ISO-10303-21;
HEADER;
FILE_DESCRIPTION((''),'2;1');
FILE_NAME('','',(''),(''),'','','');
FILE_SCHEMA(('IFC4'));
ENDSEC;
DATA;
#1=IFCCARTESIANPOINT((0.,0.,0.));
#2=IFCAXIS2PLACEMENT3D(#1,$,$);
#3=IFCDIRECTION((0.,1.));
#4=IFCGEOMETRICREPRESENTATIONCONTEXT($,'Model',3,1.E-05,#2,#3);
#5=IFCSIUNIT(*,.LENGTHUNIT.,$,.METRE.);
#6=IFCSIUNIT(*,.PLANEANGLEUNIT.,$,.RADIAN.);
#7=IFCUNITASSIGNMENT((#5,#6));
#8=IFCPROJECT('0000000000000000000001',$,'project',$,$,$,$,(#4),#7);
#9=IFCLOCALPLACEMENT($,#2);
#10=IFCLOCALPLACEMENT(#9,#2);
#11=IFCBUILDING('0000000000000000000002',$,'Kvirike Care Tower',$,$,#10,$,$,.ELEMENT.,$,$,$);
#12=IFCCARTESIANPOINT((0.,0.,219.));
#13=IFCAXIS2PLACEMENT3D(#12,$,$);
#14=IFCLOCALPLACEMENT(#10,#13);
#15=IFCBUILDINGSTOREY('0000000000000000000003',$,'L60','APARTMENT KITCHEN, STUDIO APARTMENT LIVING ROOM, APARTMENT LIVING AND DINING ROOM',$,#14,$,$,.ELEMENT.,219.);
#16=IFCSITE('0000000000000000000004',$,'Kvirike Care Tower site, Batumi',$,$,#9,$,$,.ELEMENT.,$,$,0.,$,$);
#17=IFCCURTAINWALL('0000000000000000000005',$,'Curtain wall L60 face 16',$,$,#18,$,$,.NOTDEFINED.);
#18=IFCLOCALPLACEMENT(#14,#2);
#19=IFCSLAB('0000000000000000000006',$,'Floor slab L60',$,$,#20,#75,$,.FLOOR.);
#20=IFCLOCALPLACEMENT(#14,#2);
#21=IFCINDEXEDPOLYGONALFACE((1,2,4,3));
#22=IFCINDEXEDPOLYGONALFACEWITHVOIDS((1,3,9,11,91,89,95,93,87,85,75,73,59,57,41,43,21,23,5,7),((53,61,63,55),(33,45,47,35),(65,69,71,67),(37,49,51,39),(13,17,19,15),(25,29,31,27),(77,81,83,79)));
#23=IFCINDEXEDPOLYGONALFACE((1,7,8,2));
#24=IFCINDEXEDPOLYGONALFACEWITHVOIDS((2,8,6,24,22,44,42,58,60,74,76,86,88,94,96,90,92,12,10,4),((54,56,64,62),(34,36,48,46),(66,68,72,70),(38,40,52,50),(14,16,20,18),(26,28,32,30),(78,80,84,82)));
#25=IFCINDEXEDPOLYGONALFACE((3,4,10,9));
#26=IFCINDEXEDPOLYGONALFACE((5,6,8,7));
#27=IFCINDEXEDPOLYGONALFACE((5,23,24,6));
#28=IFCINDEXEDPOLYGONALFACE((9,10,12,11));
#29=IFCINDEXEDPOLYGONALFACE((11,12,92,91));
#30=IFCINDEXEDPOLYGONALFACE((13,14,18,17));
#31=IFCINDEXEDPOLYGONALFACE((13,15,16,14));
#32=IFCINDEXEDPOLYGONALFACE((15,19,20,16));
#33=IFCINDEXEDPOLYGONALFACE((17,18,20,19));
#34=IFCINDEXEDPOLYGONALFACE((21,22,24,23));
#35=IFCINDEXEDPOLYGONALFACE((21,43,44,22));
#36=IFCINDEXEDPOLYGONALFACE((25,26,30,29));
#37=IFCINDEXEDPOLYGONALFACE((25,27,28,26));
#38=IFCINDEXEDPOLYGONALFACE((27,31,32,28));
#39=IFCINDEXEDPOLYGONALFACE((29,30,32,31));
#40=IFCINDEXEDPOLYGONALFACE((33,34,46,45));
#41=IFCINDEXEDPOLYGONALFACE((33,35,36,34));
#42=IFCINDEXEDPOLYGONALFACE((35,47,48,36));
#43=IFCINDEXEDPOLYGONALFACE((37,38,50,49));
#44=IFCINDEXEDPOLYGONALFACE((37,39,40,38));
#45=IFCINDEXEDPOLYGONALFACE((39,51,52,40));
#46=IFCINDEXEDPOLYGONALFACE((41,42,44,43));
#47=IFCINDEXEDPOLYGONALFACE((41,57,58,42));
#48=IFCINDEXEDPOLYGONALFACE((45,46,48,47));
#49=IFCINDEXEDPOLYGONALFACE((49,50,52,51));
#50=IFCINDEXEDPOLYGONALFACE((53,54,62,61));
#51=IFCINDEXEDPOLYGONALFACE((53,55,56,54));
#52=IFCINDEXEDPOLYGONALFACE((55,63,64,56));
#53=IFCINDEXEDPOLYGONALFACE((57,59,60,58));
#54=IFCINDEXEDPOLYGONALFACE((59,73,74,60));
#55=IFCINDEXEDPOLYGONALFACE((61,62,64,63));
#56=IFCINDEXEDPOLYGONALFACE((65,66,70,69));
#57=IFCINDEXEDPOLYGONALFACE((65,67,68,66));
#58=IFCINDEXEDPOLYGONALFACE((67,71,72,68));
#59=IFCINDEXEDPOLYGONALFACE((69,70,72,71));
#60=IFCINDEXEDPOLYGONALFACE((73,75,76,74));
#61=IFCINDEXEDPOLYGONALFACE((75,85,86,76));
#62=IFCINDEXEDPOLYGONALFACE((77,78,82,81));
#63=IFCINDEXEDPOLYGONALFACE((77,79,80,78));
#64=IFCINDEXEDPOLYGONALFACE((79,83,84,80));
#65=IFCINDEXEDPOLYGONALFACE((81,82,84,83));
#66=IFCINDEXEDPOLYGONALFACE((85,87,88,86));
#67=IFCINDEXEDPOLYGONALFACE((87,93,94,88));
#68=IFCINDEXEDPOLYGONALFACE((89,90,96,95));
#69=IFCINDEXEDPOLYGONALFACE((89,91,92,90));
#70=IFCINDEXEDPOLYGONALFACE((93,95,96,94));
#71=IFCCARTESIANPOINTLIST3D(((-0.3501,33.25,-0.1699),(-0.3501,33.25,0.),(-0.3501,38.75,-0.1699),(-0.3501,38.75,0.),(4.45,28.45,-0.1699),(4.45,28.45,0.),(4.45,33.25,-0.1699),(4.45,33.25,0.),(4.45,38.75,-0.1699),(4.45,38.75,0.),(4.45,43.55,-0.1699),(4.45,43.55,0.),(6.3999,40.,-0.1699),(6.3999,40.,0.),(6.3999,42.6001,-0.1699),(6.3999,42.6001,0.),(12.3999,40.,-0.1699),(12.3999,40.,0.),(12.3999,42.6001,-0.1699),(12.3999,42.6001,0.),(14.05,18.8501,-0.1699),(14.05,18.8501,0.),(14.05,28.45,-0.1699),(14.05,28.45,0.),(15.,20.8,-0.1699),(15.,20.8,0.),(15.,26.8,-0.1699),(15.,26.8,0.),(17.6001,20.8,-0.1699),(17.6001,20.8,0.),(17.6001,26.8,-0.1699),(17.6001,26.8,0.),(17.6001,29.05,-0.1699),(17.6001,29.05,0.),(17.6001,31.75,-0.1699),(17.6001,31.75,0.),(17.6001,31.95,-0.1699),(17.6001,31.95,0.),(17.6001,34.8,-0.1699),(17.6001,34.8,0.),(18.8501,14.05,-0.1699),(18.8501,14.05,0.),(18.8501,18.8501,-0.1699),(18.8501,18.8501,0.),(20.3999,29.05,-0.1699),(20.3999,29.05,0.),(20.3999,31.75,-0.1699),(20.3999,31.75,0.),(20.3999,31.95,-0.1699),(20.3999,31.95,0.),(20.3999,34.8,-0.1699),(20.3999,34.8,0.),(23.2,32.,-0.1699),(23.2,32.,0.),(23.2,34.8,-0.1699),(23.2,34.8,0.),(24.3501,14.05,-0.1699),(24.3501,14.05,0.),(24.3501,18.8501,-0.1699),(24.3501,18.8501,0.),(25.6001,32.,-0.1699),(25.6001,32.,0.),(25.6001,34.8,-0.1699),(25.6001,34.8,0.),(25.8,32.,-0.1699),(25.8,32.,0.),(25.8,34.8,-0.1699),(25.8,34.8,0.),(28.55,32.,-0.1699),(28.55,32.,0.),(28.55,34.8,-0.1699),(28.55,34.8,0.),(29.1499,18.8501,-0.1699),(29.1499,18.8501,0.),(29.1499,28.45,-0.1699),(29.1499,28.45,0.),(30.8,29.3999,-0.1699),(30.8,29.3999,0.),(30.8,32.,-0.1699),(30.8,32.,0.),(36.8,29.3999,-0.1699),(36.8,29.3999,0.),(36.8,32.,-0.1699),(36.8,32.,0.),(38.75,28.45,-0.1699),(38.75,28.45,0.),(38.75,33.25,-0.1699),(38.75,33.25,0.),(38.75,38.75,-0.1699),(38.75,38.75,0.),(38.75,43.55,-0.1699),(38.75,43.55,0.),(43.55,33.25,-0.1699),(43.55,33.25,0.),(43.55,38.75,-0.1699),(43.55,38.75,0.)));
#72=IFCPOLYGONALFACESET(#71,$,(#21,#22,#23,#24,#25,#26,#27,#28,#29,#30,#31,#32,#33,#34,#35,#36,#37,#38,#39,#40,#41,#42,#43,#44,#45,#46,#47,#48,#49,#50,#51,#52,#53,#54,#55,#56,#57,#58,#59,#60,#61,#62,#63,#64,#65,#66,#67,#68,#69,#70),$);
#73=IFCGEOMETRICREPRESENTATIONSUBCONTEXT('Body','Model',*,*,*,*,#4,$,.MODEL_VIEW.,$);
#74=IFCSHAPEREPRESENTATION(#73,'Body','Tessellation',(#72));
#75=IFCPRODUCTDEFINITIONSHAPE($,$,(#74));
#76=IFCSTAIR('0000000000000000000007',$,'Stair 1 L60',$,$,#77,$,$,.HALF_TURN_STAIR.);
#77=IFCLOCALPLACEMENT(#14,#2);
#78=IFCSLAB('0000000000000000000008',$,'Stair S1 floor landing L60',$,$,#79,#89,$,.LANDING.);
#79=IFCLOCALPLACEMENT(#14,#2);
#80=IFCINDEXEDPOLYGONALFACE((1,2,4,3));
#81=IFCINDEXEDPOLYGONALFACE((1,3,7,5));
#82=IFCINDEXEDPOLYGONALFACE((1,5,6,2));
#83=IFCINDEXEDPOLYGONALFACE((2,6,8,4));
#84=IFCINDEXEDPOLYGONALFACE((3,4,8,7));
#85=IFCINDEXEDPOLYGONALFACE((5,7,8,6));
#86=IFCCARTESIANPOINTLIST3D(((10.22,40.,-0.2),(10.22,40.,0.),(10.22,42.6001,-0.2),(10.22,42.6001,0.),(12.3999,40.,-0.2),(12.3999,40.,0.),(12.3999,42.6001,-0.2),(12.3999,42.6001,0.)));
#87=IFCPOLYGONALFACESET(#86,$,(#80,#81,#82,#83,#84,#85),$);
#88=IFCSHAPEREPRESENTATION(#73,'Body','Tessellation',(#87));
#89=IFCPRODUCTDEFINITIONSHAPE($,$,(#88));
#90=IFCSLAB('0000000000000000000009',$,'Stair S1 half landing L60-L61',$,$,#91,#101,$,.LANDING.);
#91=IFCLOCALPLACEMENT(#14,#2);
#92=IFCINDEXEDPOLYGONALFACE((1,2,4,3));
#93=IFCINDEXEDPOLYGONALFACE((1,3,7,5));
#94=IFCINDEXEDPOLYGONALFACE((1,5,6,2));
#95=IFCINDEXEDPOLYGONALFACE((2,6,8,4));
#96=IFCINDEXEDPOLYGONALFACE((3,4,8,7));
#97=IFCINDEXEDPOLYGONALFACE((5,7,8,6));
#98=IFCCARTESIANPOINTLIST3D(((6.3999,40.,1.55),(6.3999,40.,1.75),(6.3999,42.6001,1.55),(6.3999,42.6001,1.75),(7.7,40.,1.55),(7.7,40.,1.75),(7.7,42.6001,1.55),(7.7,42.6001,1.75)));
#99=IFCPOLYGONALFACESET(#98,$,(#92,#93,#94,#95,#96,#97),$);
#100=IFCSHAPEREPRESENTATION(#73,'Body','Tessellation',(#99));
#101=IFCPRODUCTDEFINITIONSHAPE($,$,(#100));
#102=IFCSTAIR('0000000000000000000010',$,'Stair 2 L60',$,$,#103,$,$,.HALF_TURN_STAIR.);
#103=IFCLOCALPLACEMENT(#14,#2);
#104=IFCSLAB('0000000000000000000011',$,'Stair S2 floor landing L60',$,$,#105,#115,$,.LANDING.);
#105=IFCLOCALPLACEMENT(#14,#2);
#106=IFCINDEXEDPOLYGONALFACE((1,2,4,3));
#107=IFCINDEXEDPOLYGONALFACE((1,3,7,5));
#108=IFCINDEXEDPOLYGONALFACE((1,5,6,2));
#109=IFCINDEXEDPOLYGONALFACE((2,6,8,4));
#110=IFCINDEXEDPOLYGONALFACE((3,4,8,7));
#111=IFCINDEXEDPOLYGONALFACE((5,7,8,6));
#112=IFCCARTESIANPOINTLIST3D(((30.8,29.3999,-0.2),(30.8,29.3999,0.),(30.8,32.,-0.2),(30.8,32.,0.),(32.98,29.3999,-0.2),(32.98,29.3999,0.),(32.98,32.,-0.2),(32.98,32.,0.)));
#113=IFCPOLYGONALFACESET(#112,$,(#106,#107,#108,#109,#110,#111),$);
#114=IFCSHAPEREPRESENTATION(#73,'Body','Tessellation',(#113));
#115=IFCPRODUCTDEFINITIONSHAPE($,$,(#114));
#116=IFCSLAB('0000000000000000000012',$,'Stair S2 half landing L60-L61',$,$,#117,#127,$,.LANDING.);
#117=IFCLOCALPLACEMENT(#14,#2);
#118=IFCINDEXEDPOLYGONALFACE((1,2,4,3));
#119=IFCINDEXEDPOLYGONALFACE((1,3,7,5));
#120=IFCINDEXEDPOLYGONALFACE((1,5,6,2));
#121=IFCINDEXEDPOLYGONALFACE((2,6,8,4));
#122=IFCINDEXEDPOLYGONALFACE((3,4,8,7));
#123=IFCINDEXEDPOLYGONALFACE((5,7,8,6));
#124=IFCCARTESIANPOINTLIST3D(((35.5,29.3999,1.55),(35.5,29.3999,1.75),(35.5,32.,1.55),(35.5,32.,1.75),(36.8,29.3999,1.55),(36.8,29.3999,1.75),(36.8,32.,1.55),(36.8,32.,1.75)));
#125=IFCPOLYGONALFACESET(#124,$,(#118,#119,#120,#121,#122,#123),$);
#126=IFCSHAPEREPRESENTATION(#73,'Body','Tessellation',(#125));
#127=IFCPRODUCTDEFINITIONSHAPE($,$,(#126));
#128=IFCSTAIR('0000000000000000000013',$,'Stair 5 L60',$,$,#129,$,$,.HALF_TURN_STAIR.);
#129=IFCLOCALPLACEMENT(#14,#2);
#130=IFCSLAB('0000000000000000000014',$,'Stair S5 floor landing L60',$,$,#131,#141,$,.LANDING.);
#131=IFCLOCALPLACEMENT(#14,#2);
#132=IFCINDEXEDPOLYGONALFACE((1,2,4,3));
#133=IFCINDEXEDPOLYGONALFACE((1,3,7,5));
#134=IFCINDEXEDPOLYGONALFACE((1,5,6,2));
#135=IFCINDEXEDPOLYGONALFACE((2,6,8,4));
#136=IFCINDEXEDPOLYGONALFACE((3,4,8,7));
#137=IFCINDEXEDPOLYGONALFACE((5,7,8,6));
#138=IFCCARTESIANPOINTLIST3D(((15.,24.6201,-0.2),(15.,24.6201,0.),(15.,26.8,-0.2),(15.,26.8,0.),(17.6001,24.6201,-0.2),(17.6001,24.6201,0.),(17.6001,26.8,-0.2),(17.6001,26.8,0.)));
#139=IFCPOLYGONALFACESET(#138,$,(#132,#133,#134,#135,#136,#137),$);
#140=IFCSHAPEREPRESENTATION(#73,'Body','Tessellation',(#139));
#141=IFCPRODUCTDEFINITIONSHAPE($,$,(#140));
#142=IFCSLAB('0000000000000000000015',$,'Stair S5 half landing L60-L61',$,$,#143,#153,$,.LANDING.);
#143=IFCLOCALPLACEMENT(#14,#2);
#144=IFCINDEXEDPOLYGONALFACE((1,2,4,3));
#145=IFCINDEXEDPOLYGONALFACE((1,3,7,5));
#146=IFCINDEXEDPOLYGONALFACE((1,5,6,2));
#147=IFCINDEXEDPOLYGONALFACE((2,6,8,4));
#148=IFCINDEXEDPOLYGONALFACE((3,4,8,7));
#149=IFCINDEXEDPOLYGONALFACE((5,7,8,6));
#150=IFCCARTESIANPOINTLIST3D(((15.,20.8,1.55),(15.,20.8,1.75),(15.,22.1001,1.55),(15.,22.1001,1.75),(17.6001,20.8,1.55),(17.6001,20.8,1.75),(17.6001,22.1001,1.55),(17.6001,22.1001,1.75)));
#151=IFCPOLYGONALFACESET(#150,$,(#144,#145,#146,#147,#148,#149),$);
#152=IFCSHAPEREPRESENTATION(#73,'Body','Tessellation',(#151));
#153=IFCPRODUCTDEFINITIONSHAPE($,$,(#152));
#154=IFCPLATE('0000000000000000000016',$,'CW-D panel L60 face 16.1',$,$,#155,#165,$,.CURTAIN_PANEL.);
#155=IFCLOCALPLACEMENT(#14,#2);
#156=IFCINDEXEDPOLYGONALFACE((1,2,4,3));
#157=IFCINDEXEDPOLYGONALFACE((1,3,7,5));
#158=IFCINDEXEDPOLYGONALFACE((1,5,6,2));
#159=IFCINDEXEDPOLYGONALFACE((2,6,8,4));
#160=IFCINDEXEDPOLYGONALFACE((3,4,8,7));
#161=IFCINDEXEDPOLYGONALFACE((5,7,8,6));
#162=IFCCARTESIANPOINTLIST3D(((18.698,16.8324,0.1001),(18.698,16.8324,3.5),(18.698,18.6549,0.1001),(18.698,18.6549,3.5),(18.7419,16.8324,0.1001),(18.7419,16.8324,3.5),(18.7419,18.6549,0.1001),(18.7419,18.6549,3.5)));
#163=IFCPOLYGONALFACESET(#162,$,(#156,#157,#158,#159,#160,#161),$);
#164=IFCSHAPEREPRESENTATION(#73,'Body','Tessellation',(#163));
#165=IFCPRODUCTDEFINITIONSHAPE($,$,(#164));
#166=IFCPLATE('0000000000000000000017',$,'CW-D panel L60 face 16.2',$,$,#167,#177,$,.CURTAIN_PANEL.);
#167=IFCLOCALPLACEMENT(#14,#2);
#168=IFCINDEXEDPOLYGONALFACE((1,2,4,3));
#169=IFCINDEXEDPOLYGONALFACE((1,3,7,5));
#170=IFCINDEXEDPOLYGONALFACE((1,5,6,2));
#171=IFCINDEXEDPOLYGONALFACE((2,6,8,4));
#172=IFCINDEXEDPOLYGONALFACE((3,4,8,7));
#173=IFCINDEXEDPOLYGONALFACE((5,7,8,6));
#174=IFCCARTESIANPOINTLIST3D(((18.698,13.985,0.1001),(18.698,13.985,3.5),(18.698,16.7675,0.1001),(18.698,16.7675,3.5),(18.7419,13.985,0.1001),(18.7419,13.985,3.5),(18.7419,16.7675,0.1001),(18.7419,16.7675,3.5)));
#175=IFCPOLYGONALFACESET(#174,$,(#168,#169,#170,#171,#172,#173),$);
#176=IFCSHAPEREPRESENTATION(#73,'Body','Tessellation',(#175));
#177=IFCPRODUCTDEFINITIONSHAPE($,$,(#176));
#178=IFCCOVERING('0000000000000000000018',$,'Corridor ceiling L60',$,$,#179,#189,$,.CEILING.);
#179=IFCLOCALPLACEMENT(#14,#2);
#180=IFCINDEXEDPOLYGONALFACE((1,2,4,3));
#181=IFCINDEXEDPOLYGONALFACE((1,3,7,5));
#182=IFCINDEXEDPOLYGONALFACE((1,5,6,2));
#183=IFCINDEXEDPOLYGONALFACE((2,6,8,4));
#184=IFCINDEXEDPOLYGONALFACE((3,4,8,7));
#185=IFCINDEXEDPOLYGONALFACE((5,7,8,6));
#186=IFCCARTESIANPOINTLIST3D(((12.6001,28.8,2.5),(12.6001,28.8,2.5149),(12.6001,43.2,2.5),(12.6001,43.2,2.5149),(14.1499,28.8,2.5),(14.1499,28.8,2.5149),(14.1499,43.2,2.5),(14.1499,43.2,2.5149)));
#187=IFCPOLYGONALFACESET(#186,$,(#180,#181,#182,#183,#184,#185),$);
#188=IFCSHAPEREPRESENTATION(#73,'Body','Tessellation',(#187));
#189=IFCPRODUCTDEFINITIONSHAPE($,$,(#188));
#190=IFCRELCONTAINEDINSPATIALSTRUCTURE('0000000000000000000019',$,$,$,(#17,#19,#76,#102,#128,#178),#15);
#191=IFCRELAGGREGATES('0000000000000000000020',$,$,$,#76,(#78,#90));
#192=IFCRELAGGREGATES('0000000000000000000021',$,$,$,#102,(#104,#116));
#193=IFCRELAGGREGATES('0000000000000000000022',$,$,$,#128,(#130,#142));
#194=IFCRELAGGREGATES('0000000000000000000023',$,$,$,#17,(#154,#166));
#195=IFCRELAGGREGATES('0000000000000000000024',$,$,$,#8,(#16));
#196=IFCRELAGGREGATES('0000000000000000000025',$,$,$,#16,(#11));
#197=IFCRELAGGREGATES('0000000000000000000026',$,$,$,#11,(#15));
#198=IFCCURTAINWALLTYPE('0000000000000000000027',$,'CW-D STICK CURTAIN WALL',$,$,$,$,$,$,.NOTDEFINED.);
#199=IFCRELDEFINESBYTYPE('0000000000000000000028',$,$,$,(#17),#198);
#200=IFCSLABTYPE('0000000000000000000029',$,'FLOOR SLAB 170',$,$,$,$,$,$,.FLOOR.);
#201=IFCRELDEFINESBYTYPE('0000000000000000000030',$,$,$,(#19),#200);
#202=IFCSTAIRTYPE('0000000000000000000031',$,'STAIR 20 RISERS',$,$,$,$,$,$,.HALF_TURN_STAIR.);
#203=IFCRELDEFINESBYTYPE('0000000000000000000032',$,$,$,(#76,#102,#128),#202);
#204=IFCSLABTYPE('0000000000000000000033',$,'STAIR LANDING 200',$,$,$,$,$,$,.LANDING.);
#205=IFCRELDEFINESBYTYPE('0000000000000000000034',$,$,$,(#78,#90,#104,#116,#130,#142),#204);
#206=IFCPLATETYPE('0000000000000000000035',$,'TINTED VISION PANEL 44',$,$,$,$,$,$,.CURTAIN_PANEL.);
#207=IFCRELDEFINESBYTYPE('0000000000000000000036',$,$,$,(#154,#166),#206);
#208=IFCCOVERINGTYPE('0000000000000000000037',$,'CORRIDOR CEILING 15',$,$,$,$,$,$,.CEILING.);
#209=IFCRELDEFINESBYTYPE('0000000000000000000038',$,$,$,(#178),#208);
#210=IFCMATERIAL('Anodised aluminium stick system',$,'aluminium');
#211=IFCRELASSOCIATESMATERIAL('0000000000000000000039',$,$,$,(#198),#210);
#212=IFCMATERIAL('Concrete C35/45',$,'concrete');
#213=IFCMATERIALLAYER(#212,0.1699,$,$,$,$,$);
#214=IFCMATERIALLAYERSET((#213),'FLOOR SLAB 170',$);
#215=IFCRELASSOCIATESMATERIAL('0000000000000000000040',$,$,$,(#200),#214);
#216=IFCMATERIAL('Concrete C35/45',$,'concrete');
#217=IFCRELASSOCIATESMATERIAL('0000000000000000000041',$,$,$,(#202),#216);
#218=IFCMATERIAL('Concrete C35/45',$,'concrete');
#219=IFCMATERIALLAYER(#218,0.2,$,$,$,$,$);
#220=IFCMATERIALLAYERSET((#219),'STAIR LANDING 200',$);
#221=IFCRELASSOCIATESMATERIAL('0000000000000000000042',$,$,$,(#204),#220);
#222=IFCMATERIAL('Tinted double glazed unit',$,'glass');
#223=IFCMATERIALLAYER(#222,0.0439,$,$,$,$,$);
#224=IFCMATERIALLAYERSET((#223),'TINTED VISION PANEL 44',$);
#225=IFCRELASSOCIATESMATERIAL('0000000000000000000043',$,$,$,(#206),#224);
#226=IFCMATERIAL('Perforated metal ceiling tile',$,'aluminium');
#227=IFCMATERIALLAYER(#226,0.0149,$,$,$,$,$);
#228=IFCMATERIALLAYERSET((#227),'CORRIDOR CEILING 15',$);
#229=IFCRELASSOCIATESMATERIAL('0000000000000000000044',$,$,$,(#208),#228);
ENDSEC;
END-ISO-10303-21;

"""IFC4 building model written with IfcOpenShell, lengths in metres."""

from ifc_helpers import new_model, si_unit, direction, frame, origin, origin_2d, place, context, subcontext, project, spatial, polyline, rectangle, outline, extrude, material, layer, layer_set, type_object, element, aggregate, save


model = new_model("IFC4")

# Units and contexts
model_context = context("Model", 3, precision=1e-05, world=origin(), true_north=direction((0.0, 1.0)))
body_context = subcontext(model_context, "Body", "Model", "MODEL_VIEW")
ifc_project = project(units=[si_unit("LENGTHUNIT", "METRE"), si_unit("PLANEANGLEUNIT", "RADIAN")], contexts=[model_context])

# Site, building, storey
site_placement = place(None, origin())
site = spatial("IfcSite", under=ifc_project, at=site_placement, Name="Kvirike Care Tower site, Batumi", CompositionType="ELEMENT", RefElevation=0.0)
building_placement = place(site_placement, origin())
building = spatial("IfcBuilding", under=site, at=building_placement, Name="Kvirike Care Tower", CompositionType="ELEMENT")
storey_placement = place(building_placement, frame((0.0, 0.0, 219.0)))
storey = spatial("IfcBuildingStorey", under=building, at=storey_placement, Name="L60", Description="APARTMENT KITCHEN, STUDIO APARTMENT LIVING ROOM, APARTMENT LIVING AND DINING ROOM", CompositionType="ELEMENT", Elevation=219.0)

# Curtain wall
ifc_material_1 = material(Name="Anodised aluminium stick system", Category="aluminium")
curtain_wall_type = type_object("IfcCurtainWallType", Name="CW-D STICK CURTAIN WALL", PredefinedType="NOTDEFINED", material=ifc_material_1)
curtain_wall_1_placement = place(storey_placement, origin())
curtain_wall_1 = element("IfcCurtainWall", 1, at=curtain_wall_1_placement, inside=storey, type_object=curtain_wall_type, Name="Curtain wall L60 face 16", PredefinedType="NOTDEFINED")

# Slab
ifc_material_2 = material(Name="Concrete C35/45", Category="concrete")
ifc_layer_1 = layer(ifc_material_2, 0.1699)
ifc_layer_set_1 = layer_set([ifc_layer_1], Name="FLOOR SLAB 170")
slab_type_1 = type_object("IfcSlabType", Name="FLOOR SLAB 170", PredefinedType="FLOOR", material=ifc_layer_set_1)
slab_1_placement = place(storey_placement, frame((0.0, 0.0, -0.1699)))
element("IfcSlab", 2, at=slab_1_placement, inside=storey, type_object=slab_type_1, Name="Floor slab L60", PredefinedType="FLOOR", context=body_context, shape_type="SweptSolid", body=[
    extrude(outline(polyline([(29.1499, 28.45), (38.75, 28.45), (38.75, 33.25), (43.55, 33.25), (43.55, 38.75), (38.75, 38.75), (38.75, 43.55), (4.45, 43.55), (4.45, 38.75), (-0.3501, 38.75), (-0.3501, 33.25), (4.45, 33.25), (4.45, 28.45), (14.05, 28.45), (14.05, 18.8501), (18.8501, 18.8501), (18.8501, 14.05), (24.3501, 14.05), (24.3501, 18.8501), (29.1499, 18.8501), (29.1499, 28.45)]), holes=[polyline([(17.6001, 29.05), (17.6001, 31.75), (20.3999, 31.75), (20.3999, 29.05), (17.6001, 29.05)]), polyline([(17.6001, 31.95), (17.6001, 34.8), (20.3999, 34.8), (20.3999, 31.95), (17.6001, 31.95)]), polyline([(23.2, 32.0), (23.2, 34.8), (25.6001, 34.8), (25.6001, 32.0), (23.2, 32.0)]), polyline([(25.8, 32.0), (25.8, 34.8), (28.55, 34.8), (28.55, 32.0), (25.8, 32.0)]), polyline([(12.3999, 42.6001), (12.3999, 40.0), (6.3999, 40.0), (6.3999, 42.6001), (12.3999, 42.6001)]), polyline([(30.8, 29.3999), (30.8, 32.0), (36.8, 32.0), (36.8, 29.3999), (30.8, 29.3999)]), polyline([(15.0, 26.8), (17.6001, 26.8), (17.6001, 20.8), (15.0, 20.8), (15.0, 26.8)])]), origin(), (0.0, 0.0, 1.0), 0.1699),
])

# Stairs, slabs
ifc_material_3 = material(Name="Concrete C35/45", Category="concrete")
stair_type = type_object("IfcStairType", Name="STAIR 20 RISERS", PredefinedType="HALF_TURN_STAIR", material=ifc_material_3)
stair_1_placement = place(storey_placement, origin())
stair_1 = element("IfcStair", 3, at=stair_1_placement, inside=storey, type_object=stair_type, Name="Stair 1 L60", PredefinedType="HALF_TURN_STAIR")
ifc_material_4 = material(Name="Concrete C35/45", Category="concrete")
ifc_layer_2 = layer(ifc_material_4, 0.2)
ifc_layer_set_2 = layer_set([ifc_layer_2], Name="STAIR LANDING 200")
slab_type_2 = type_object("IfcSlabType", Name="STAIR LANDING 200", PredefinedType="LANDING", material=ifc_layer_set_2)
slab_2_placement = place(storey_placement, frame((0.0, 0.0, -0.2)))
slab_2 = element("IfcSlab", 4, at=slab_2_placement, type_object=slab_type_2, Name="Stair S1 floor landing L60", PredefinedType="LANDING", context=body_context, shape_type="SweptSolid", body=[
    extrude(outline(polyline([(10.22, 42.6001), (10.22, 40.0), (12.3999, 40.0), (12.3999, 42.6001), (10.22, 42.6001)])), origin(), (0.0, 0.0, 1.0), 0.2),
])
slab_3_placement = place(storey_placement, frame((0.0, 0.0, 1.55)))
slab_3 = element("IfcSlab", 5, at=slab_3_placement, type_object=slab_type_2, Name="Stair S1 half landing L60-L61", PredefinedType="LANDING", context=body_context, shape_type="SweptSolid", body=[
    extrude(outline(polyline([(6.3999, 42.6001), (6.3999, 40.0), (7.7, 40.0), (7.7, 42.6001), (6.3999, 42.6001)])), origin(), (0.0, 0.0, 1.0), 0.2),
])
aggregate(stair_1, [slab_2, slab_3])
stair_2_placement = place(storey_placement, origin())
stair_2 = element("IfcStair", 6, at=stair_2_placement, inside=storey, type_object=stair_type, Name="Stair 2 L60", PredefinedType="HALF_TURN_STAIR")
slab_4_placement = place(storey_placement, frame((0.0, 0.0, -0.2)))
slab_4 = element("IfcSlab", 7, at=slab_4_placement, type_object=slab_type_2, Name="Stair S2 floor landing L60", PredefinedType="LANDING", context=body_context, shape_type="SweptSolid", body=[
    extrude(outline(polyline([(32.98, 29.3999), (32.98, 32.0), (30.8, 32.0), (30.8, 29.3999), (32.98, 29.3999)])), origin(), (0.0, 0.0, 1.0), 0.2),
])
slab_5_placement = place(storey_placement, frame((0.0, 0.0, 1.55)))
slab_5 = element("IfcSlab", 8, at=slab_5_placement, type_object=slab_type_2, Name="Stair S2 half landing L60-L61", PredefinedType="LANDING", context=body_context, shape_type="SweptSolid", body=[
    extrude(outline(polyline([(36.8, 29.3999), (36.8, 32.0), (35.5, 32.0), (35.5, 29.3999), (36.8, 29.3999)])), origin(), (0.0, 0.0, 1.0), 0.2),
])
aggregate(stair_2, [slab_4, slab_5])
stair_3_placement = place(storey_placement, origin())
stair_3 = element("IfcStair", 9, at=stair_3_placement, inside=storey, type_object=stair_type, Name="Stair 5 L60", PredefinedType="HALF_TURN_STAIR")
slab_6_placement = place(storey_placement, frame((0.0, 0.0, -0.2)))
slab_6 = element("IfcSlab", 10, at=slab_6_placement, type_object=slab_type_2, Name="Stair S5 floor landing L60", PredefinedType="LANDING", context=body_context, shape_type="SweptSolid", body=[
    extrude(outline(polyline([(15.0, 24.6201), (17.6001, 24.6201), (17.6001, 26.8), (15.0, 26.8), (15.0, 24.6201)])), origin(), (0.0, 0.0, 1.0), 0.2),
])
slab_7_placement = place(storey_placement, frame((0.0, 0.0, 1.55)))
slab_7 = element("IfcSlab", 11, at=slab_7_placement, type_object=slab_type_2, Name="Stair S5 half landing L60-L61", PredefinedType="LANDING", context=body_context, shape_type="SweptSolid", body=[
    extrude(outline(polyline([(15.0, 20.8), (17.6001, 20.8), (17.6001, 22.1001), (15.0, 22.1001), (15.0, 20.8)])), origin(), (0.0, 0.0, 1.0), 0.2),
])
aggregate(stair_3, [slab_6, slab_7])

# Plates
ifc_material_5 = material(Name="Tinted double glazed unit", Category="glass")
ifc_layer_3 = layer(ifc_material_5, 0.0439)
ifc_layer_set_3 = layer_set([ifc_layer_3], Name="TINTED VISION PANEL 44")
plate_type = type_object("IfcPlateType", Name="TINTED VISION PANEL 44", PredefinedType="CURTAIN_PANEL", material=ifc_layer_set_3)
plate_1_placement = place(storey_placement, frame((18.72, 17.7437, 0.1001), z_axis=(0.0, 0.0, 1.0), x_axis=(0.0, -1.0, 0.0)))
plate_1 = element("IfcPlate", 12, at=plate_1_placement, type_object=plate_type, Name="CW-D panel L60 face 16.1", PredefinedType="CURTAIN_PANEL", context=body_context, shape_type="SweptSolid", body=[
    extrude(rectangle(XDim=1.8225, YDim=0.0439, at=origin_2d()), origin(), (0.0, 0.0, 1.0), 3.3999),
])
plate_2_placement = place(storey_placement, frame((18.72, 15.3762, 0.1001), z_axis=(0.0, 0.0, 1.0), x_axis=(0.0, -1.0, 0.0)))
plate_2 = element("IfcPlate", 13, at=plate_2_placement, type_object=plate_type, Name="CW-D panel L60 face 16.2", PredefinedType="CURTAIN_PANEL", context=body_context, shape_type="SweptSolid", body=[
    extrude(rectangle(XDim=2.7825, YDim=0.0439, at=origin_2d()), origin(), (0.0, 0.0, 1.0), 3.3999),
])
aggregate(curtain_wall_1, [plate_1, plate_2])

# Covering
ifc_material_6 = material(Name="Perforated metal ceiling tile", Category="aluminium")
ifc_layer_4 = layer(ifc_material_6, 0.0149)
ifc_layer_set_4 = layer_set([ifc_layer_4], Name="CORRIDOR CEILING 15")
covering_type_1 = type_object("IfcCoveringType", Name="CORRIDOR CEILING 15", PredefinedType="CEILING", material=ifc_layer_set_4)
covering_1_placement = place(storey_placement, frame((0.0, 0.0, 2.5)))
element("IfcCovering", 14, at=covering_1_placement, inside=storey, type_object=covering_type_1, Name="Corridor ceiling L60", PredefinedType="CEILING", context=body_context, shape_type="SweptSolid", body=[
    extrude(outline(polyline([(12.6001, 43.2), (14.1499, 43.2), (14.1499, 28.8), (12.6001, 28.8), (12.6001, 43.2)])), origin(), (0.0, 0.0, 1.0), 0.0149),
])

save(model, "model.ifc")
